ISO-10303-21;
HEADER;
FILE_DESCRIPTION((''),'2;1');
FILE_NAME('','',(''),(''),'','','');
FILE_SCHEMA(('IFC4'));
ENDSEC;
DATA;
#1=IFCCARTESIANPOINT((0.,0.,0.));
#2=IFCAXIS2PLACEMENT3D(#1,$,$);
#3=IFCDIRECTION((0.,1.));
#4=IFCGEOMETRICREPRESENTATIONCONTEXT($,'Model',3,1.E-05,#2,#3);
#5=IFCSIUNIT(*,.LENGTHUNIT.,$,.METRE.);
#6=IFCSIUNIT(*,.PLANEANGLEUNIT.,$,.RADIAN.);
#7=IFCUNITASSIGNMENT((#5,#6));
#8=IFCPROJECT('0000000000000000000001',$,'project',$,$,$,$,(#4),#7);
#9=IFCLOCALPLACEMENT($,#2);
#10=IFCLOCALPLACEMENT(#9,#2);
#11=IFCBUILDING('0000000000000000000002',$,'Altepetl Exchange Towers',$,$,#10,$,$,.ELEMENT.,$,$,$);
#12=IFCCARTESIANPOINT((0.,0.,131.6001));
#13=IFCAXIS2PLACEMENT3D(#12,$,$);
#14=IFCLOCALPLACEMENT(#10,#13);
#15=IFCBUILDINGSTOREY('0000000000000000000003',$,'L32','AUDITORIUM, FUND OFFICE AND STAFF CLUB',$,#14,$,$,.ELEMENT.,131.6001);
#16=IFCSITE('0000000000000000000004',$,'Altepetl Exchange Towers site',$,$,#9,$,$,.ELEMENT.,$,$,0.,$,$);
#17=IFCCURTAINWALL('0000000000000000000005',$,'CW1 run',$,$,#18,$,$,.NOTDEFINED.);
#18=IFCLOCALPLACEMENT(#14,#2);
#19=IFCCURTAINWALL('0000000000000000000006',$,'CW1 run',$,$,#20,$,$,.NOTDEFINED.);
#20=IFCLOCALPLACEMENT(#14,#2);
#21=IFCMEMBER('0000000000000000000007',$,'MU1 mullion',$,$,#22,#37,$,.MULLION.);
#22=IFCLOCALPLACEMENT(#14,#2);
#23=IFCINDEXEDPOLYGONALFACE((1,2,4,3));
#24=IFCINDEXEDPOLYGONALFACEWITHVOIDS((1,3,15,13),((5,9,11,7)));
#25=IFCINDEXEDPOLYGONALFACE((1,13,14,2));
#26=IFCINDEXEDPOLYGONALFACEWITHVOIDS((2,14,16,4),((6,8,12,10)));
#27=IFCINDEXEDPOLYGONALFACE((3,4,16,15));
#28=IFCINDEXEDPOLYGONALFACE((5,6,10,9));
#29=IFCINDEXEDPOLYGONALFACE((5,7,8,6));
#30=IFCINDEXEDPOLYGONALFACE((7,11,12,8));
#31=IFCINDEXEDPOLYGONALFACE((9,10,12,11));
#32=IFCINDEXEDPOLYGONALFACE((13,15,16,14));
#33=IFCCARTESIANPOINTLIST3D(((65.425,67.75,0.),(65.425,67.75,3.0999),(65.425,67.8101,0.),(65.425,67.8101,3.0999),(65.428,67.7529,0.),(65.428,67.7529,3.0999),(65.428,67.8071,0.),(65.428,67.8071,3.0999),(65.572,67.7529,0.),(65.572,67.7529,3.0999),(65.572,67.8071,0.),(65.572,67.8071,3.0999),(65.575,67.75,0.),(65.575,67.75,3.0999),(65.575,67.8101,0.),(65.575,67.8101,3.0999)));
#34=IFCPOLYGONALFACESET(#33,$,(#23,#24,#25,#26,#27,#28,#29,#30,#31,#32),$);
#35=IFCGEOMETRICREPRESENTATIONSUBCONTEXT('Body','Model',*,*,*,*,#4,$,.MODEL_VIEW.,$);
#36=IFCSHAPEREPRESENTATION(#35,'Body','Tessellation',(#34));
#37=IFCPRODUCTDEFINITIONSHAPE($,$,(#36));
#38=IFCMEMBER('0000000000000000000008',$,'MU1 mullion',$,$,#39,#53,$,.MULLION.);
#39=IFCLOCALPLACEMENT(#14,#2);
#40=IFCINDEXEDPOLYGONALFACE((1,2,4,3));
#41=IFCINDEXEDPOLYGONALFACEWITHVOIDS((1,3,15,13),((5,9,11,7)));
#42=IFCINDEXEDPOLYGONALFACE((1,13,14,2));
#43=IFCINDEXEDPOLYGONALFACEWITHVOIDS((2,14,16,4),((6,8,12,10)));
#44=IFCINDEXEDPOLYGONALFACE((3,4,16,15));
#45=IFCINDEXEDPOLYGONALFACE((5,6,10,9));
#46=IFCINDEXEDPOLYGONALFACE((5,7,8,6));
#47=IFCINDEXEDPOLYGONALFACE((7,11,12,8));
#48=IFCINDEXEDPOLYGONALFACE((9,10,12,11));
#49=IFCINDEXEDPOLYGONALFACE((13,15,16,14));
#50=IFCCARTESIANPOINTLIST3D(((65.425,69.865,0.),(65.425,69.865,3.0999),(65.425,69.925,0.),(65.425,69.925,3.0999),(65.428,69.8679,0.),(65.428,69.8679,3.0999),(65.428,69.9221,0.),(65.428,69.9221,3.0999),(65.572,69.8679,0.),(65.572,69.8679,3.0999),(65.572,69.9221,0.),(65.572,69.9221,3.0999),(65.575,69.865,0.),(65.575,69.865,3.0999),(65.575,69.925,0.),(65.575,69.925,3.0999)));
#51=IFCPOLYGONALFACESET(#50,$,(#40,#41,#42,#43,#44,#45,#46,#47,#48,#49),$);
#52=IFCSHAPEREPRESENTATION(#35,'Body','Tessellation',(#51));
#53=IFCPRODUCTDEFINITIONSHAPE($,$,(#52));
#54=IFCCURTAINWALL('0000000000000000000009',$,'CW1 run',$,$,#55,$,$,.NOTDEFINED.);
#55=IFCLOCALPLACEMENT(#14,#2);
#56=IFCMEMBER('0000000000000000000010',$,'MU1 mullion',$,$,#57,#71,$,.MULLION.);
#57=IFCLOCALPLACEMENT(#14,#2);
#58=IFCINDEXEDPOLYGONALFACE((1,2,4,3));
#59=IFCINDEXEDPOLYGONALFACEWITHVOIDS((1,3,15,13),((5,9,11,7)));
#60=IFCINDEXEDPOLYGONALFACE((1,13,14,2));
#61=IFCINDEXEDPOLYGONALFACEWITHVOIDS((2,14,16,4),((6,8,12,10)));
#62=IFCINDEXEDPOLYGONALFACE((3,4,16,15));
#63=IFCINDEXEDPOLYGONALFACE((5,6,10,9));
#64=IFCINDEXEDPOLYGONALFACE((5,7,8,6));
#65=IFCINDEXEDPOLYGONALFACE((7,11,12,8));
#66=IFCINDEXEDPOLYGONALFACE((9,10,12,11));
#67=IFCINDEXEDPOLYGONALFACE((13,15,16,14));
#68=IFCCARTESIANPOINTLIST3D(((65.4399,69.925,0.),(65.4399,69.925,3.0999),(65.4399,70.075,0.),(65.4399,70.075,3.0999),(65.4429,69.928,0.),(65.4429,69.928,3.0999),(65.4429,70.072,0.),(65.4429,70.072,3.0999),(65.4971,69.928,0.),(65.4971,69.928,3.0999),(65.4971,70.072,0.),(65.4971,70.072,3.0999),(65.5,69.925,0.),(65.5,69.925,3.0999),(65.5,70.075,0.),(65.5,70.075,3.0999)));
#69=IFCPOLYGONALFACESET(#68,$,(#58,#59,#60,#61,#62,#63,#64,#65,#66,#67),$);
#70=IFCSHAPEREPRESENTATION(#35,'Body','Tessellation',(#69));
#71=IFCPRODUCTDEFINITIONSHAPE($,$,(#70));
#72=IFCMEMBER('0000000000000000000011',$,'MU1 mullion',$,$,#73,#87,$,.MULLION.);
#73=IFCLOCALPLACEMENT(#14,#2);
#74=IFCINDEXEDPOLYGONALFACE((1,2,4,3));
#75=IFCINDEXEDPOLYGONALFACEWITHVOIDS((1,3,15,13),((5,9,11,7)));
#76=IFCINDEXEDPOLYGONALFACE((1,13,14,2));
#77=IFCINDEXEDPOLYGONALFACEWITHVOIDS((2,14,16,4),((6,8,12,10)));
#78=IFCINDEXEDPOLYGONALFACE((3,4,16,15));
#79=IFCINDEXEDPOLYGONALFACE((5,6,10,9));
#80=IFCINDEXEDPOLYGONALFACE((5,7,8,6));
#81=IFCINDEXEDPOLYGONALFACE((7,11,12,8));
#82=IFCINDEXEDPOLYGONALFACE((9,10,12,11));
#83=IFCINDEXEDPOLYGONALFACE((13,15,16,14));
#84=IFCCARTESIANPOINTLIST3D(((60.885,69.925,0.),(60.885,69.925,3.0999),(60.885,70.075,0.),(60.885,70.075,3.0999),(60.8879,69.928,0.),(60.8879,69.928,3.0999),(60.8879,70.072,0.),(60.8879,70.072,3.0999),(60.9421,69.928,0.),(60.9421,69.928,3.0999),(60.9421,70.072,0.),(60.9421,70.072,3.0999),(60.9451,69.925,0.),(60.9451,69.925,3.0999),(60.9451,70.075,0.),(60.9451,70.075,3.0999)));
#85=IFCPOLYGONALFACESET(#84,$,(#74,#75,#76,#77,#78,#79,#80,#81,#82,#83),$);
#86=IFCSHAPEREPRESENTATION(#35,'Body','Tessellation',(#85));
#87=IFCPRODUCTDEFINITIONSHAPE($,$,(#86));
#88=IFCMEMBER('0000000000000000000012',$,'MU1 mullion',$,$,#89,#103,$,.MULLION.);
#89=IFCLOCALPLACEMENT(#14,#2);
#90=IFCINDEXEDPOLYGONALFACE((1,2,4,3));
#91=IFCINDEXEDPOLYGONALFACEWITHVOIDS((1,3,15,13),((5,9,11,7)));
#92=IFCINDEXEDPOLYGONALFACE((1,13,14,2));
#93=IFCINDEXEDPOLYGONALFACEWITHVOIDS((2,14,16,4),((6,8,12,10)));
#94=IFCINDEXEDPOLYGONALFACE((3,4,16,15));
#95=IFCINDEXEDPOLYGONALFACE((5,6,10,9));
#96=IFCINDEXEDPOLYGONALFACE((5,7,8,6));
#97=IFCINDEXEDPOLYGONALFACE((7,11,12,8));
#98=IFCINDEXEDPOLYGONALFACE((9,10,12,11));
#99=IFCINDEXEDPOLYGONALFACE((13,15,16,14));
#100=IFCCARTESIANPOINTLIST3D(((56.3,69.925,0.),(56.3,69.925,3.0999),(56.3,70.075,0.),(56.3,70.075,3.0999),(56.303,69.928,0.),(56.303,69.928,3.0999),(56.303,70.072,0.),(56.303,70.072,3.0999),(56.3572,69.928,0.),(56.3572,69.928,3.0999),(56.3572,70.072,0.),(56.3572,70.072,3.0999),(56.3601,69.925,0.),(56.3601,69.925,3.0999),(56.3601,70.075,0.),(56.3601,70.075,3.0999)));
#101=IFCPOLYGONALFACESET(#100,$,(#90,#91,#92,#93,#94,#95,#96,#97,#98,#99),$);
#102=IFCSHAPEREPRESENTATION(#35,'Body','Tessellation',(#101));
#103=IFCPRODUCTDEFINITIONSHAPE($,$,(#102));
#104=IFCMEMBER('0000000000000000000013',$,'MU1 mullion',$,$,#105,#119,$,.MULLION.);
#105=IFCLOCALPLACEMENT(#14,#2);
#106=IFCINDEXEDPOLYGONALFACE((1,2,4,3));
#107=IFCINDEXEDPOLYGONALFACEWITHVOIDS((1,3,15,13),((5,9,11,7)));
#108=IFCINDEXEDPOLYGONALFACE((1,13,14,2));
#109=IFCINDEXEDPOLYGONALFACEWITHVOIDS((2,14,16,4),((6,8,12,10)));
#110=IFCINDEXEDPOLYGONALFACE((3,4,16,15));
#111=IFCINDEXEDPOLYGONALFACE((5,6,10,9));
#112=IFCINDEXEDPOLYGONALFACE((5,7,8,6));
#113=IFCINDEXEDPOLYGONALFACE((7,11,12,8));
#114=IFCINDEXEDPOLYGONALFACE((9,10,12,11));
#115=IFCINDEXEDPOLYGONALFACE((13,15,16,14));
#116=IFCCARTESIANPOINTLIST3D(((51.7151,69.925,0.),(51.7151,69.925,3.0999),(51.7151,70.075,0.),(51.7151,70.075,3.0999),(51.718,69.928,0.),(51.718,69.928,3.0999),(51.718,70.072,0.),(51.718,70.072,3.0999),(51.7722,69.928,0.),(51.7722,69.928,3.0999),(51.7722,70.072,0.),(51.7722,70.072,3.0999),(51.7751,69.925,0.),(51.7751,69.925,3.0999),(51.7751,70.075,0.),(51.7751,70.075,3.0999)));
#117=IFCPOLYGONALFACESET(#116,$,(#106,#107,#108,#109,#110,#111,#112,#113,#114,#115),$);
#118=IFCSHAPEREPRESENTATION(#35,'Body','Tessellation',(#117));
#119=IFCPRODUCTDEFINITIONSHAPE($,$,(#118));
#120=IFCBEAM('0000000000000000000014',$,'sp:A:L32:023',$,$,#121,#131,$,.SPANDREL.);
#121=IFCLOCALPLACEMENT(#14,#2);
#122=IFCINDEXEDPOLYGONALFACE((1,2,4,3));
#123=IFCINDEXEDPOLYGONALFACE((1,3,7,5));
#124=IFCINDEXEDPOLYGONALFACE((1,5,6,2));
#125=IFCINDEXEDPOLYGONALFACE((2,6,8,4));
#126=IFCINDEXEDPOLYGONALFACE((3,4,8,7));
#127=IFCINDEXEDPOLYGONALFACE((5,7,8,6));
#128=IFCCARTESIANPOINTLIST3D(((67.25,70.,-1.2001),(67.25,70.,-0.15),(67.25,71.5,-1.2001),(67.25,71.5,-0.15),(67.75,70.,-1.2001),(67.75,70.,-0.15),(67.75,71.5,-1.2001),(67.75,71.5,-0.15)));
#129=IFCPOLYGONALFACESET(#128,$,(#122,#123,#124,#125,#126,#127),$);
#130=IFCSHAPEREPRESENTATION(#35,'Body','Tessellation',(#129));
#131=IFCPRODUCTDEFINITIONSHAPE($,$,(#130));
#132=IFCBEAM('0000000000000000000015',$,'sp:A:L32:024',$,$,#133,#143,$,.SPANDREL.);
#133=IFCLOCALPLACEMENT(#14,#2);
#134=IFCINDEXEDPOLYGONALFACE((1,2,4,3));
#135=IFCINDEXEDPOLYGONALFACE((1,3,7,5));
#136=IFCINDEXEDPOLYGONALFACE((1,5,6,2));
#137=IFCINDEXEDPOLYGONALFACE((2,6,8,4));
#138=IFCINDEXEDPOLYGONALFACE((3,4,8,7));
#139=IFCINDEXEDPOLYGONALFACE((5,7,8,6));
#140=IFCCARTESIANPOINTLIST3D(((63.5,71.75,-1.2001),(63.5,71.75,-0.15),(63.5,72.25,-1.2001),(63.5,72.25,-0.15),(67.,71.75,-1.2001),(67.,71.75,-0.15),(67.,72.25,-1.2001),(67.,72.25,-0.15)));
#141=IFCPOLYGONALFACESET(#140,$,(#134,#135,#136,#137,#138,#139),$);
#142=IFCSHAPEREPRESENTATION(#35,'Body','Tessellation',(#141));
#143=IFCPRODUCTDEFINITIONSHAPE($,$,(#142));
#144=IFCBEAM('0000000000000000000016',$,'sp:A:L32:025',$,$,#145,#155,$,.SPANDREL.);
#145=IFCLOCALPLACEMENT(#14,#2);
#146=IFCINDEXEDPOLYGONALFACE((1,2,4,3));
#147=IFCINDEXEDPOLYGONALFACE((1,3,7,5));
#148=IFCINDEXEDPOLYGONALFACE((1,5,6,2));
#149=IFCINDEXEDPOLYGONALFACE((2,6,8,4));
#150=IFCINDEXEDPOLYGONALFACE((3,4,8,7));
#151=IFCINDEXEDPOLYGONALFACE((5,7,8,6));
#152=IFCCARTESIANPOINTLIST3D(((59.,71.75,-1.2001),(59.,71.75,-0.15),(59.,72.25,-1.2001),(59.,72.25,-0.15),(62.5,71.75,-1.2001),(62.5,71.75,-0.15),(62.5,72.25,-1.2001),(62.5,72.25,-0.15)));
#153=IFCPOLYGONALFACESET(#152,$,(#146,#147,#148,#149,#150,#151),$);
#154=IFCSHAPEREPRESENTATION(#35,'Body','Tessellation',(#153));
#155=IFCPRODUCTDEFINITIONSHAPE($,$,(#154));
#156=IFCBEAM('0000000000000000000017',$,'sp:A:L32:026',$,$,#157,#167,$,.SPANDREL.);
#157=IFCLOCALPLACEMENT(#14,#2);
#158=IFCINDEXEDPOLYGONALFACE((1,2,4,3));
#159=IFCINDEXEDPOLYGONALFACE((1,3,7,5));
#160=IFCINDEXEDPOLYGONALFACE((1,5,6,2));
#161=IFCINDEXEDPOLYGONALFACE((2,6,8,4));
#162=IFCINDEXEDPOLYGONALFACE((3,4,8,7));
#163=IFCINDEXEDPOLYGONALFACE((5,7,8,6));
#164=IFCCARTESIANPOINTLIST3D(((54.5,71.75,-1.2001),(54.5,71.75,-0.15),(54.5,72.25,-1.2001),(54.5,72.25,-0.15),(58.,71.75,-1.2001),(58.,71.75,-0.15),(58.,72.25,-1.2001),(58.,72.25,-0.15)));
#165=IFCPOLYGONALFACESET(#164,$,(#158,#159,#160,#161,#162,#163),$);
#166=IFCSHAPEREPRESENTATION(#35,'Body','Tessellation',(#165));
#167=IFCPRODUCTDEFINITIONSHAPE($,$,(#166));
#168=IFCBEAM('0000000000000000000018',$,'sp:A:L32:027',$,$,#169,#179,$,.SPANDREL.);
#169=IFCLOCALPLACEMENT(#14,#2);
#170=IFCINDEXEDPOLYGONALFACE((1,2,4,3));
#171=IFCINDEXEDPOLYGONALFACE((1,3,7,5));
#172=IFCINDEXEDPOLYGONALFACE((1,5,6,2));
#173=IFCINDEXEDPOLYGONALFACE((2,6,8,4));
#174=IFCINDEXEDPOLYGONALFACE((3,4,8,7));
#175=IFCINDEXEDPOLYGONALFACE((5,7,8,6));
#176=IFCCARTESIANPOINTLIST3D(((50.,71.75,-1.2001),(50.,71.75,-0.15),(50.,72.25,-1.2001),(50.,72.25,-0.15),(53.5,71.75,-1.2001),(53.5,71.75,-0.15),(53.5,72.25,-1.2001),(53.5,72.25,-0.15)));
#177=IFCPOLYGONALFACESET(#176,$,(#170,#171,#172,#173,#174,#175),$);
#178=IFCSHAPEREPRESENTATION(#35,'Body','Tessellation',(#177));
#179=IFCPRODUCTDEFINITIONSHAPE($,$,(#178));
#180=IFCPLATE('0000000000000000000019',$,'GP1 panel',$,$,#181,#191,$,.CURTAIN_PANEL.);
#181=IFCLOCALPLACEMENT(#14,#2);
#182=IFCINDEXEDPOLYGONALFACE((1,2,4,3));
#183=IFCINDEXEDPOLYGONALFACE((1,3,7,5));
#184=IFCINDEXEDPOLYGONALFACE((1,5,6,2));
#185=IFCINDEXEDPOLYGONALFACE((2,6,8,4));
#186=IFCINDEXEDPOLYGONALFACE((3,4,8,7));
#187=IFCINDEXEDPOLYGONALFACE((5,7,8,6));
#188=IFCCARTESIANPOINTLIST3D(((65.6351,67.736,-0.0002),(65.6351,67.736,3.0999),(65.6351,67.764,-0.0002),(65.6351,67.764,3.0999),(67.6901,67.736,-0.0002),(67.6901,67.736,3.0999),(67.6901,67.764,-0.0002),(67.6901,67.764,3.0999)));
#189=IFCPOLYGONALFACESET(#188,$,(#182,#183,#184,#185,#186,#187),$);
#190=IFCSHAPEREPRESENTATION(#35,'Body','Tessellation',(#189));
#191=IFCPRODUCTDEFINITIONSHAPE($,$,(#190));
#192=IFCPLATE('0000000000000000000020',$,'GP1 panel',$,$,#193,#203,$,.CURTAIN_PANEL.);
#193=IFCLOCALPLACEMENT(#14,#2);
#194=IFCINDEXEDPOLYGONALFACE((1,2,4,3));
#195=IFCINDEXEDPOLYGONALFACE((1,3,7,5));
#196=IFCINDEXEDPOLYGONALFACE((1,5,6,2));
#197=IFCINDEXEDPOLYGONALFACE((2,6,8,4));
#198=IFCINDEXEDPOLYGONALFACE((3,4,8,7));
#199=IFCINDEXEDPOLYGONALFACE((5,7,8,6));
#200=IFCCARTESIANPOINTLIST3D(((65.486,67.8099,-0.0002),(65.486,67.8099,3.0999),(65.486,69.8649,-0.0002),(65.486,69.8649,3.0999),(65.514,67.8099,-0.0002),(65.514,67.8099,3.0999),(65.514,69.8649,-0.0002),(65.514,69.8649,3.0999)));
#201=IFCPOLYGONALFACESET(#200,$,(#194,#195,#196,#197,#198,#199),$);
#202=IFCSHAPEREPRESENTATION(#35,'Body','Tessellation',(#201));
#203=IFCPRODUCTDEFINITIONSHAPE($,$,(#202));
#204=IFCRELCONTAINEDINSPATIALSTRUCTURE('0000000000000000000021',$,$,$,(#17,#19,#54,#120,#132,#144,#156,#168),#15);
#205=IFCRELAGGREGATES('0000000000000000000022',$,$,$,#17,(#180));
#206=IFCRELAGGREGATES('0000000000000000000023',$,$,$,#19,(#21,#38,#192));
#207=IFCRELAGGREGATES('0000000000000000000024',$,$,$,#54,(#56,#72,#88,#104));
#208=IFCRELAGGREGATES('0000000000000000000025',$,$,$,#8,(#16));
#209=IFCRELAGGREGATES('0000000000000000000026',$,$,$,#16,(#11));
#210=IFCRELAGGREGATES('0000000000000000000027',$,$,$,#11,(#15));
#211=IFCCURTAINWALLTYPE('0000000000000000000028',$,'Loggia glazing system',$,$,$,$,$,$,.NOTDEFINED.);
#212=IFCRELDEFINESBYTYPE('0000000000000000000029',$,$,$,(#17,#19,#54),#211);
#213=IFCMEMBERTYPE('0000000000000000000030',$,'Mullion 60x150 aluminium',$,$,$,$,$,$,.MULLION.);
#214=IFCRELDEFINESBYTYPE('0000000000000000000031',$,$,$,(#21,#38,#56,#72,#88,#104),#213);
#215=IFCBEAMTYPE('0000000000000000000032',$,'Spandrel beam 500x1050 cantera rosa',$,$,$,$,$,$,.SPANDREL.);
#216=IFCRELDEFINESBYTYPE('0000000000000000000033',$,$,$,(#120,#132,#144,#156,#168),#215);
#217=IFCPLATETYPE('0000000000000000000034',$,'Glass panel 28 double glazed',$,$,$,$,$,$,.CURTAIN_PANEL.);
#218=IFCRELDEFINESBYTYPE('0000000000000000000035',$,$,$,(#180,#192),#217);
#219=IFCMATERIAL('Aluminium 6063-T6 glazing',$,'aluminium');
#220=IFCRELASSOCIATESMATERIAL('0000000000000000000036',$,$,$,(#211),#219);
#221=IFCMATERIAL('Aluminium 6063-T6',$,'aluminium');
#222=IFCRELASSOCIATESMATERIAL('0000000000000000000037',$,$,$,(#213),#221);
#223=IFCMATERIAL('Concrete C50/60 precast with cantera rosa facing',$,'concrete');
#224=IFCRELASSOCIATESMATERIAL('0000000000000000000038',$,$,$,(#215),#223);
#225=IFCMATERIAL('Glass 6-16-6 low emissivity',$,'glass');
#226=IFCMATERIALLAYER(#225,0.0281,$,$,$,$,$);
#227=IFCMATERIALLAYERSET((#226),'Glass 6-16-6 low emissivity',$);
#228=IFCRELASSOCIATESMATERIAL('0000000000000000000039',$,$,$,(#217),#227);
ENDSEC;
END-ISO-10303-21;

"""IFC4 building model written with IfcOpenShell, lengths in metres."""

from ifc_helpers import new_model, si_unit, direction, frame, origin, origin_2d, place, context, subcontext, project, spatial, rectangle, hollow_rectangle, extrude, material, layer, layer_set, material_profile, profile_set, type_object, element, aggregate, save


model = new_model("IFC4")

# Units and contexts
model_context = context("Model", 3, precision=1e-05, world=origin(), true_north=direction((0.0, 1.0)))
body_context = subcontext(model_context, "Body", "Model", "MODEL_VIEW")
ifc_project = project(units=[si_unit("LENGTHUNIT", "METRE"), si_unit("PLANEANGLEUNIT", "RADIAN")], contexts=[model_context])

# Site, building, storey
site_placement = place(None, origin())
site = spatial("IfcSite", under=ifc_project, at=site_placement, Name="Altepetl Exchange Towers site", CompositionType="ELEMENT", RefElevation=0.0)
building_placement = place(site_placement, origin())
building = spatial("IfcBuilding", under=site, at=building_placement, Name="Altepetl Exchange Towers", CompositionType="ELEMENT")
storey_placement = place(building_placement, frame((0.0, 0.0, 131.6001)))
storey = spatial("IfcBuildingStorey", under=building, at=storey_placement, Name="L32", Description="AUDITORIUM, FUND OFFICE AND STAFF CLUB", CompositionType="ELEMENT", Elevation=131.6001)

# Shared definitions
ifc_material_1 = material(Name="Aluminium 6063-T6 glazing", Category="aluminium")
curtain_wall_type = type_object("IfcCurtainWallType", Name="Loggia glazing system", PredefinedType="NOTDEFINED", material=ifc_material_1)
ifc_material_2 = material(Name="Aluminium 6063-T6", Category="aluminium")
ifc_material_profile_1 = material_profile(ifc_material_2, hollow_rectangle(XDim=0.0601, YDim=0.1499, WallThickness=0.0029, at=origin_2d()), Name="Mullion 60x150 aluminium")
ifc_profile_set_1 = profile_set([ifc_material_profile_1], Name="Aluminium 6063-T6")
member_type = type_object("IfcMemberType", Name="Mullion 60x150 aluminium", PredefinedType="MULLION", material=ifc_profile_set_1)

# Curtain walls, members
curtain_wall_1_placement = place(storey_placement, origin())
curtain_wall_1 = element("IfcCurtainWall", 1, at=curtain_wall_1_placement, inside=storey, type_object=curtain_wall_type, Name="CW1 run", PredefinedType="NOTDEFINED")
curtain_wall_2_placement = place(storey_placement, origin())
curtain_wall_2 = element("IfcCurtainWall", 2, at=curtain_wall_2_placement, inside=storey, type_object=curtain_wall_type, Name="CW1 run", PredefinedType="NOTDEFINED")
member_1_placement = place(storey_placement, frame((65.5, 67.78, 0.0), z_axis=(0.0, 0.0, 1.0), x_axis=(0.0, 1.0, 0.0)))
member_1 = element("IfcMember", 3, at=member_1_placement, type_object=member_type, Name="MU1 mullion", PredefinedType="MULLION", context=body_context, shape_type="SweptSolid", body=[
    extrude(hollow_rectangle(XDim=0.0601, YDim=0.1499, WallThickness=0.0029, at=origin_2d()), origin(), (0.0, 0.0, 1.0), 3.0999),
])
member_2_placement = place(storey_placement, frame((65.5, 69.895, 0.0), z_axis=(0.0, 0.0, 1.0), x_axis=(0.0, 1.0, 0.0)))
member_2 = element("IfcMember", 4, at=member_2_placement, type_object=member_type, Name="MU1 mullion", PredefinedType="MULLION", context=body_context, shape_type="SweptSolid", body=[
    extrude(hollow_rectangle(XDim=0.0601, YDim=0.1499, WallThickness=0.0029, at=origin_2d()), origin(), (0.0, 0.0, 1.0), 3.0999),
])
curtain_wall_3_placement = place(storey_placement, origin())
curtain_wall_3 = element("IfcCurtainWall", 5, at=curtain_wall_3_placement, inside=storey, type_object=curtain_wall_type, Name="CW1 run", PredefinedType="NOTDEFINED")
member_3_placement = place(storey_placement, frame((65.47, 70.0, 0.0), z_axis=(0.0, 0.0, 1.0), x_axis=(-1.0, 0.0, 0.0)))
member_3 = element("IfcMember", 6, at=member_3_placement, type_object=member_type, Name="MU1 mullion", PredefinedType="MULLION", context=body_context, shape_type="SweptSolid", body=[
    extrude(hollow_rectangle(XDim=0.0601, YDim=0.1499, WallThickness=0.0029, at=origin_2d()), origin(), (0.0, 0.0, 1.0), 3.0999),
])
member_4_placement = place(storey_placement, frame((60.915, 70.0, 0.0), z_axis=(0.0, 0.0, 1.0), x_axis=(-1.0, 0.0, 0.0)))
member_4 = element("IfcMember", 7, at=member_4_placement, type_object=member_type, Name="MU1 mullion", PredefinedType="MULLION", context=body_context, shape_type="SweptSolid", body=[
    extrude(hollow_rectangle(XDim=0.0601, YDim=0.1499, WallThickness=0.0029, at=origin_2d()), origin(), (0.0, 0.0, 1.0), 3.0999),
])
member_5_placement = place(storey_placement, frame((56.3301, 70.0, 0.0), z_axis=(0.0, 0.0, 1.0), x_axis=(-1.0, 0.0, 0.0)))
member_5 = element("IfcMember", 8, at=member_5_placement, type_object=member_type, Name="MU1 mullion", PredefinedType="MULLION", context=body_context, shape_type="SweptSolid", body=[
    extrude(hollow_rectangle(XDim=0.0601, YDim=0.1499, WallThickness=0.0029, at=origin_2d()), origin(), (0.0, 0.0, 1.0), 3.0999),
])
member_6_placement = place(storey_placement, frame((51.7451, 70.0, 0.0), z_axis=(0.0, 0.0, 1.0), x_axis=(-1.0, 0.0, 0.0)))
member_6 = element("IfcMember", 9, at=member_6_placement, type_object=member_type, Name="MU1 mullion", PredefinedType="MULLION", context=body_context, shape_type="SweptSolid", body=[
    extrude(hollow_rectangle(XDim=0.0601, YDim=0.1499, WallThickness=0.0029, at=origin_2d()), origin(), (0.0, 0.0, 1.0), 3.0999),
])

# Beams
ifc_material_3 = material(Name="Concrete C50/60 precast with cantera rosa facing", Category="concrete")
ifc_material_profile_2 = material_profile(ifc_material_3, rectangle(XDim=0.5, YDim=1.05, at=origin_2d()), Name="500 x 1050")
ifc_profile_set_2 = profile_set([ifc_material_profile_2], Name="Concrete C50/60 precast with cantera rosa facing")
beam_type_1 = type_object("IfcBeamType", Name="Spandrel beam 500x1050 cantera rosa", PredefinedType="SPANDREL", material=ifc_profile_set_2)
beam_1_placement = place(storey_placement, frame((67.5, 70.0, -0.675), z_axis=(0.0, 1.0, 0.0), x_axis=(-1.0, 0.0, 0.0)))
element("IfcBeam", 10, at=beam_1_placement, inside=storey, type_object=beam_type_1, Name="sp:A:L32:023", PredefinedType="SPANDREL", context=body_context, shape_type="SweptSolid", body=[
    extrude(rectangle(XDim=0.5, YDim=1.05, at=origin_2d()), origin(), (0.0, 0.0, 1.0), 1.5),
])
for number, where, z_axis, x_axis, name in (
    (11, (67.0, 72.0, -0.675), (-1.0, 0.0, 0.0), (0.0, -1.0, 0.0), "sp:A:L32:024"),
    (12, (62.5, 72.0, -0.675), (-1.0, 0.0, 0.0), (0.0, -1.0, 0.0), "sp:A:L32:025"),
    (13, (58.0, 72.0, -0.675), (-1.0, 0.0, 0.0), (0.0, -1.0, 0.0), "sp:A:L32:026"),
    (14, (53.5, 72.0, -0.675), (-1.0, 0.0, 0.0), (0.0, -1.0, 0.0), "sp:A:L32:027"),
):
    element("IfcBeam", number, at=place(storey_placement, frame(where, z_axis=z_axis, x_axis=x_axis)), inside=storey, type_object=beam_type_1, Name=name, PredefinedType="SPANDREL", context=body_context, shape_type="SweptSolid", body=[
        extrude(rectangle(XDim=0.5, YDim=1.05, at=origin_2d()), origin(), (0.0, 0.0, 1.0), 3.5),
    ])

# Plates
ifc_material_4 = material(Name="Glass 6-16-6 low emissivity", Category="glass")
ifc_layer_1 = layer(ifc_material_4, 0.0281)
ifc_layer_set_1 = layer_set([ifc_layer_1], Name="Glass 6-16-6 low emissivity")
plate_type = type_object("IfcPlateType", Name="Glass panel 28 double glazed", PredefinedType="CURTAIN_PANEL", material=ifc_layer_set_1)
plate_1_placement = place(storey_placement, frame((66.6626, 67.75, -0.0002), z_axis=(0.0, 0.0, 1.0), x_axis=(-1.0, 0.0, 0.0)))
plate_1 = element("IfcPlate", 15, at=plate_1_placement, type_object=plate_type, Name="GP1 panel", PredefinedType="CURTAIN_PANEL", context=body_context, shape_type="SweptSolid", body=[
    extrude(rectangle(XDim=2.0549, YDim=0.0281, at=origin_2d()), origin(), (0.0, 0.0, 1.0), 3.1001),
])
aggregate(curtain_wall_1, [plate_1])
plate_2_placement = place(storey_placement, frame((65.5, 68.8374, -0.0002), z_axis=(0.0, 0.0, 1.0), x_axis=(0.0, 1.0, 0.0)))
plate_2 = element("IfcPlate", 16, at=plate_2_placement, type_object=plate_type, Name="GP1 panel", PredefinedType="CURTAIN_PANEL", context=body_context, shape_type="SweptSolid", body=[
    extrude(rectangle(XDim=2.0549, YDim=0.0281, at=origin_2d()), origin(), (0.0, 0.0, 1.0), 3.1001),
])
aggregate(curtain_wall_2, [member_1, member_2, plate_2])
aggregate(curtain_wall_3, [member_3, member_4, member_5, member_6])

save(model, "model.ifc")
